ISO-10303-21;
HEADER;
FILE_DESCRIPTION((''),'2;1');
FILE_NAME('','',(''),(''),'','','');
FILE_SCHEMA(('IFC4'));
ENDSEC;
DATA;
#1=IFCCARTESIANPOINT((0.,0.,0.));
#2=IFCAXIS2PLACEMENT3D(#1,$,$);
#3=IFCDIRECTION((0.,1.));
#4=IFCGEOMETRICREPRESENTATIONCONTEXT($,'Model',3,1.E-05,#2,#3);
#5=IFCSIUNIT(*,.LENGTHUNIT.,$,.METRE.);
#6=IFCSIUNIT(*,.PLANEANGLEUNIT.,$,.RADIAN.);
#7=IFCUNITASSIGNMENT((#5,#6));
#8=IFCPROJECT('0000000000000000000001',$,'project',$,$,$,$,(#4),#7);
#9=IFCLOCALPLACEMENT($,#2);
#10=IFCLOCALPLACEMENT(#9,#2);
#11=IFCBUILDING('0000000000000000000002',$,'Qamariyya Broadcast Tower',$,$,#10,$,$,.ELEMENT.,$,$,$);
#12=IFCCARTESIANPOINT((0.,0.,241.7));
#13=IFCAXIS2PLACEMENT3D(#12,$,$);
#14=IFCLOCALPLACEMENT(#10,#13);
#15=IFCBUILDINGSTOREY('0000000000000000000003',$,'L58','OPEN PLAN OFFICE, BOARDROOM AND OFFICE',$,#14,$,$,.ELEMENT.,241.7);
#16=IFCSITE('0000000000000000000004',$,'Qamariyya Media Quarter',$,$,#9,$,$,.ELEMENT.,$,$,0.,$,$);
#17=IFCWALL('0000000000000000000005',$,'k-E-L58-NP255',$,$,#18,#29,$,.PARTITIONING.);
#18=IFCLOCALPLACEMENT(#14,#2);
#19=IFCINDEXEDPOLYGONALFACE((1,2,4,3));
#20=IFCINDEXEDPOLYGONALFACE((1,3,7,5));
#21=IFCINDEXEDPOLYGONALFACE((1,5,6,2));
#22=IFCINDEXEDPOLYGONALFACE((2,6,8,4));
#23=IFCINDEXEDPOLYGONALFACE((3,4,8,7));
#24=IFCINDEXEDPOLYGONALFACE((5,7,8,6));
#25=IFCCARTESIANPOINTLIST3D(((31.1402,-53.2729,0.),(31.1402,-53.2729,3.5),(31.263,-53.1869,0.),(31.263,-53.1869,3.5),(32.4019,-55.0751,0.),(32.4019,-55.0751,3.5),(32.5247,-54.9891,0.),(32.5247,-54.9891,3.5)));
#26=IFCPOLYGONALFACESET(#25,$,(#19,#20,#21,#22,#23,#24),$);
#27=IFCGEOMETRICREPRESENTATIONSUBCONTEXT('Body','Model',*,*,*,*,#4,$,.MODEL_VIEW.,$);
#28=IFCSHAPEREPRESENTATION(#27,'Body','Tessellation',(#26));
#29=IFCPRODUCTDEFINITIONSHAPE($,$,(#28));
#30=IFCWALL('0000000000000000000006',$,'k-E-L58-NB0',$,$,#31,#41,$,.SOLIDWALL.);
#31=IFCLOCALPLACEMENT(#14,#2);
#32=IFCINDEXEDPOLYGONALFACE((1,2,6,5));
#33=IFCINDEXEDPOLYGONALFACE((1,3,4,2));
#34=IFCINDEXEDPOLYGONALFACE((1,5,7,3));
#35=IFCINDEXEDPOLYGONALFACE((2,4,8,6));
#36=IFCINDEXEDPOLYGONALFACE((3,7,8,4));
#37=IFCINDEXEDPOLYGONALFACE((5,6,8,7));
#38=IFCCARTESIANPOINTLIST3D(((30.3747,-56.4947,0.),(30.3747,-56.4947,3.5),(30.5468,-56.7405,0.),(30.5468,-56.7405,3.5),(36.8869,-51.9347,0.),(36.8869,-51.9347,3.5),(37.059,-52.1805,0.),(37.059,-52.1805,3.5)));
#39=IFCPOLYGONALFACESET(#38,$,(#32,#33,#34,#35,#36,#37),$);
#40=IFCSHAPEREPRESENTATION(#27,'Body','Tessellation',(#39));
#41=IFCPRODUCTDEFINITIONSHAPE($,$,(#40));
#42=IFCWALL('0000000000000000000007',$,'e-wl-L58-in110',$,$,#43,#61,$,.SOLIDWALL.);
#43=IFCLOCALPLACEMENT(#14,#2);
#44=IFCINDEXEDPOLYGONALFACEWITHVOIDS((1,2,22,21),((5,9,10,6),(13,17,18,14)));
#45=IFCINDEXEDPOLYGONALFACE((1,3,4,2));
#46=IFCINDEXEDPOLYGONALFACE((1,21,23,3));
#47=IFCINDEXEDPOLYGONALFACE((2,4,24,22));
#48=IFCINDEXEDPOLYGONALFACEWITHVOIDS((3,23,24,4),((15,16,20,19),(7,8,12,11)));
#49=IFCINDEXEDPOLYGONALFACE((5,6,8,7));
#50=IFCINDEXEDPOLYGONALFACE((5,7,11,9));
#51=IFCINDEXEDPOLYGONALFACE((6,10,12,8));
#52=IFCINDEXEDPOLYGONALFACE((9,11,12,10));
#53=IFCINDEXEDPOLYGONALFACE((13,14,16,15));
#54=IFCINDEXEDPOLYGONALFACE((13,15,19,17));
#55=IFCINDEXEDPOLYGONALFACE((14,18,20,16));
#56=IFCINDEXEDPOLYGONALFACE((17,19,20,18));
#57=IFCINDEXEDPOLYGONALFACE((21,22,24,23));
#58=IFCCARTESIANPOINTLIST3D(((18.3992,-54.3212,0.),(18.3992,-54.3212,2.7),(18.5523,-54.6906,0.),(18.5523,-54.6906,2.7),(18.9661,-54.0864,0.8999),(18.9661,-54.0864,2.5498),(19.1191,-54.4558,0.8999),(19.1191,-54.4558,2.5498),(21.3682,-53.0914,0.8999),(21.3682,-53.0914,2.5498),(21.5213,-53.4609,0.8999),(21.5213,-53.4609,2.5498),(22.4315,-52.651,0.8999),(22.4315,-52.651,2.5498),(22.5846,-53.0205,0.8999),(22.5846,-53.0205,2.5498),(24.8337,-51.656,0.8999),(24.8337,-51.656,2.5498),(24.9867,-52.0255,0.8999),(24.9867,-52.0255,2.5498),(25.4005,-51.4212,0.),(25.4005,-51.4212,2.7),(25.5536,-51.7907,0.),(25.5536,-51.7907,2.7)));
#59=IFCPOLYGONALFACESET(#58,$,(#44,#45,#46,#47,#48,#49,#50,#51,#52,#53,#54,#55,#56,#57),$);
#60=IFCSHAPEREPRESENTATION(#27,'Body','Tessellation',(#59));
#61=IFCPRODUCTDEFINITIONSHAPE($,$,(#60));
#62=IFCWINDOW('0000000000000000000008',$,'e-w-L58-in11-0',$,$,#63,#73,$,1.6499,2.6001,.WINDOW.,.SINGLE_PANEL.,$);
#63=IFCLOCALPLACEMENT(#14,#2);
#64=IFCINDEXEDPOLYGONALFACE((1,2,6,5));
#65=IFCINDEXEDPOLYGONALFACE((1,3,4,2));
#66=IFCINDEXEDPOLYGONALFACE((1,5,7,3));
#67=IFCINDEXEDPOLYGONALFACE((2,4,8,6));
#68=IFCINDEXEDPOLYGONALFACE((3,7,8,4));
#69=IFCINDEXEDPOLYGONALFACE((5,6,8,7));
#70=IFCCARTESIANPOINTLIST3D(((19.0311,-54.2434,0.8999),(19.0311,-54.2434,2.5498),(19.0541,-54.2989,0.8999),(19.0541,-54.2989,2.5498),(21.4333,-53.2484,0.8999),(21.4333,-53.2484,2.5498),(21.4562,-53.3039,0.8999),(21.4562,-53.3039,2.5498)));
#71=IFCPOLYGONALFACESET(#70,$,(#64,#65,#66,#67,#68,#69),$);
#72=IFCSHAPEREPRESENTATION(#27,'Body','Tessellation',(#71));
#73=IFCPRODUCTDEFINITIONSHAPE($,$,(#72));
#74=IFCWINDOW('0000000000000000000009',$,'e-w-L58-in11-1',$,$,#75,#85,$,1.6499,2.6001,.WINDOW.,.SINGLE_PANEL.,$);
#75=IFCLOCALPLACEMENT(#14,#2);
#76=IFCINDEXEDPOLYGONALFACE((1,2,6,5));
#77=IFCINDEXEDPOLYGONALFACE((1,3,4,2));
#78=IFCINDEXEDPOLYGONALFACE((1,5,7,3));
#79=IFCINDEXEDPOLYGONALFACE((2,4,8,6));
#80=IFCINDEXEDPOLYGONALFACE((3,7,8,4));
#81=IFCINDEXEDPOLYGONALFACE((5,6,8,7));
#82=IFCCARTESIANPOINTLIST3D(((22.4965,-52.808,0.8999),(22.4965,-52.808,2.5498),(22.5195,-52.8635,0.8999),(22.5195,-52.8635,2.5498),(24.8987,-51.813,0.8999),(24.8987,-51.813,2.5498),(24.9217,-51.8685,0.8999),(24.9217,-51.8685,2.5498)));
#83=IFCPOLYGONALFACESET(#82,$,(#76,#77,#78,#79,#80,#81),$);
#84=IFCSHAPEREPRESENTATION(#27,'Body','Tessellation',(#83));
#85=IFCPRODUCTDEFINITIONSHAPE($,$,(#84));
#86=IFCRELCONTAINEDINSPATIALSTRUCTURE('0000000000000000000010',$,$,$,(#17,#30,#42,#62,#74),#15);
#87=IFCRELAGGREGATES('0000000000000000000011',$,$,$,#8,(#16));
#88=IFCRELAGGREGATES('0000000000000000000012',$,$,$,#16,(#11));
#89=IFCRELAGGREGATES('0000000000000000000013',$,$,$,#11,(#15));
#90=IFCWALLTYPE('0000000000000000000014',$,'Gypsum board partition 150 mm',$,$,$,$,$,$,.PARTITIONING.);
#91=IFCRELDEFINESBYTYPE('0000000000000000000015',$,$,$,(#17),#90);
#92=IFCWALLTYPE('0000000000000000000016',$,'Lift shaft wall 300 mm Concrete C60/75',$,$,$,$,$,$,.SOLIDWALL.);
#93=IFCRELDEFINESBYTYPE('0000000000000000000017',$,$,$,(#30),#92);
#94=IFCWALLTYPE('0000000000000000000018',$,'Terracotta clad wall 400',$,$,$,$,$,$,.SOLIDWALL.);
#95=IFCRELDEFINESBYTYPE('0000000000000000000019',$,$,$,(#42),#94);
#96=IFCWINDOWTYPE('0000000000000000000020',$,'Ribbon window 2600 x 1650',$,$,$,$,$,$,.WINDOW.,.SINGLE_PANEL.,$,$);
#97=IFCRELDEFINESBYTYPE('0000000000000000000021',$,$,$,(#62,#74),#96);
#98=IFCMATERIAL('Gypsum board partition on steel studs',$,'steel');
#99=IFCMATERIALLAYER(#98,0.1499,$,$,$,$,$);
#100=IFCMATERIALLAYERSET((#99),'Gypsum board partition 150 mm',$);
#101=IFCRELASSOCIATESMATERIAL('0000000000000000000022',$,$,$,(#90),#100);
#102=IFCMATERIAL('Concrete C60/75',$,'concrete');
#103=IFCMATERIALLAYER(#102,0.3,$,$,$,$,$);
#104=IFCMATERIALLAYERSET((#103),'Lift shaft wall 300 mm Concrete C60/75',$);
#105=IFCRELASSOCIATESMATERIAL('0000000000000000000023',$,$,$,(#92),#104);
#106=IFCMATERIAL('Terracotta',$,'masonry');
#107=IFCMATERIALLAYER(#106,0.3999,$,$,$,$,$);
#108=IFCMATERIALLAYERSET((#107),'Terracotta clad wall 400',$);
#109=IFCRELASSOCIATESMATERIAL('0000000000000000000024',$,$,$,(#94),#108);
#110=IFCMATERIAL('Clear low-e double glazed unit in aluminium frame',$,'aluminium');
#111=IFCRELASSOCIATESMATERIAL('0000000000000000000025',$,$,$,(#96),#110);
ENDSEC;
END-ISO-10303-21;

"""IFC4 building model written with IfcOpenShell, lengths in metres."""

from ifc_helpers import new_model, si_unit, direction, frame, frame_2d, origin, place, context, subcontext, project, spatial, rectangle, extrude, material, layer, layer_set, type_object, element, fill, save


model = new_model("IFC4")

# Units and contexts
model_context = context("Model", 3, precision=1e-05, world=origin(), true_north=direction((0.0, 1.0)))
body_context = subcontext(model_context, "Body", "Model", "MODEL_VIEW")
ifc_project = project(units=[si_unit("LENGTHUNIT", "METRE"), si_unit("PLANEANGLEUNIT", "RADIAN")], contexts=[model_context])

# Site, building, storey
site_placement = place(None, origin())
site = spatial("IfcSite", under=ifc_project, at=site_placement, Name="Qamariyya Media Quarter", CompositionType="ELEMENT", RefElevation=0.0)
building_placement = place(site_placement, origin())
building = spatial("IfcBuilding", under=site, at=building_placement, Name="Qamariyya Broadcast Tower", CompositionType="ELEMENT")
storey_placement = place(building_placement, frame((0.0, 0.0, 241.7)))
storey = spatial("IfcBuildingStorey", under=building, at=storey_placement, Name="L58", Description="OPEN PLAN OFFICE, BOARDROOM AND OFFICE", CompositionType="ELEMENT", Elevation=241.7)

# Shared definitions
ifc_material_1 = material(Name="Concrete C60/75", Category="concrete")

# Walls
ifc_material_2 = material(Name="Gypsum board partition on steel studs", Category="steel")
ifc_layer_1 = layer(ifc_material_2, 0.1499)
ifc_layer_set_1 = layer_set([ifc_layer_1], Name="Gypsum board partition 150 mm")
wall_type_1 = type_object("IfcWallType", Name="Gypsum board partition 150 mm", PredefinedType="PARTITIONING", material=ifc_layer_set_1)
wall_1_placement = place(storey_placement, frame((32.4634, -55.0322, 0.0), z_axis=(0.0, 0.0, 1.0), x_axis=(-0.573507, 0.819201, 0.0)))
element("IfcWall", 1, at=wall_1_placement, inside=storey, type_object=wall_type_1, Name="k-E-L58-NP255", PredefinedType="PARTITIONING", context=body_context, shape_type="SweptSolid", body=[
    extrude(rectangle(XDim=2.2, YDim=0.1499, at=frame_2d((1.1001, 0.0))), origin(), (0.0, 0.0, 1.0), 3.5),
])
ifc_layer_2 = layer(ifc_material_1, 0.3)
ifc_layer_set_2 = layer_set([ifc_layer_2], Name="Lift shaft wall 300 mm Concrete C60/75")
wall_type_2 = type_object("IfcWallType", Name="Lift shaft wall 300 mm Concrete C60/75", PredefinedType="SOLIDWALL", material=ifc_layer_set_2)
wall_2_placement = place(storey_placement, frame((30.4607, -56.6177, 0.0), z_axis=(0.0, 0.0, 1.0), x_axis=(0.819142, 0.57359, 0.0)))
element("IfcWall", 2, at=wall_2_placement, inside=storey, type_object=wall_type_2, Name="k-E-L58-NB0", PredefinedType="SOLIDWALL", context=body_context, shape_type="SweptSolid", body=[
    extrude(rectangle(XDim=7.95, YDim=0.3, at=frame_2d((3.9751, 0.0))), origin(), (0.0, 0.0, 1.0), 3.5),
])

# Wall, openings, windows
ifc_material_3 = material(Name="Terracotta", Category="masonry")
ifc_layer_3 = layer(ifc_material_3, 0.3999)
ifc_layer_set_3 = layer_set([ifc_layer_3], Name="Terracotta clad wall 400")
wall_type_3 = type_object("IfcWallType", Name="Terracotta clad wall 400", PredefinedType="SOLIDWALL", material=ifc_layer_set_3)
wall_3_placement = place(storey_placement, frame((25.4771, -51.606, 0.0), z_axis=(0.0, 0.0, 1.0), x_axis=(-0.923884, -0.382672, 0.0)))
wall_3 = element("IfcWall", 3, at=wall_3_placement, inside=storey, type_object=wall_type_3, Name="e-wl-L58-in110", PredefinedType="SOLIDWALL", context=body_context, shape_type="SweptSolid", body=[
    extrude(rectangle(XDim=7.5781, YDim=0.3999, at=frame_2d((3.7891, 0.0))), origin(), (0.0, 0.0, 1.0), 2.7),
])
opening_1_placement = place(wall_3_placement, frame((4.3645, 0.0, 0.8999)))
opening_1 = element("IfcOpeningElement", 4, at=opening_1_placement, cuts=wall_3, PredefinedType="OPENING", context=body_context, shape_type="SweptSolid", body=[
    extrude(rectangle(XDim=2.6001, YDim=1.6499, at=frame_2d((1.3, 0.825))), frame((0.0, 0.21, 0.0), z_axis=(0.0, -1.0, 0.0), x_axis=(1.0, 0.0, 0.0)), (0.0, 0.0, 1.0), 0.4199),
])
opening_2_placement = place(wall_3_placement, frame((0.6135, 0.0, 0.8999)))
opening_2 = element("IfcOpeningElement", 5, at=opening_2_placement, cuts=wall_3, PredefinedType="OPENING", context=body_context, shape_type="SweptSolid", body=[
    extrude(rectangle(XDim=2.6001, YDim=1.6499, at=frame_2d((1.3, 0.825))), frame((0.0, 0.21, 0.0), z_axis=(0.0, -1.0, 0.0), x_axis=(1.0, 0.0, 0.0)), (0.0, 0.0, 1.0), 0.4199),
])
ifc_material_4 = material(Name="Clear low-e double glazed unit in aluminium frame", Category="aluminium")
window_type = type_object("IfcWindowType", Name="Ribbon window 2600 x 1650", PartitioningType="SINGLE_PANEL", PredefinedType="WINDOW", material=ifc_material_4)
window_1_placement = place(opening_1_placement, origin())
window_1 = element("IfcWindow", 6, at=window_1_placement, inside=storey, type_object=window_type, Name="e-w-L58-in11-0", OverallHeight=1.6499, OverallWidth=2.6001, PartitioningType="SINGLE_PANEL", PredefinedType="WINDOW", context=body_context, shape_type="SweptSolid", body=[
    extrude(rectangle(XDim=2.6001, YDim=1.6499, at=frame_2d((1.3, 0.825))), frame((0.0, 0.03, 0.0), z_axis=(0.0, -1.0, 0.0), x_axis=(1.0, 0.0, 0.0)), (0.0, 0.0, 1.0), 0.0601),
])
fill(opening_1, window_1)
window_2_placement = place(opening_2_placement, origin())
window_2 = element("IfcWindow", 7, at=window_2_placement, inside=storey, type_object=window_type, Name="e-w-L58-in11-1", OverallHeight=1.6499, OverallWidth=2.6001, PartitioningType="SINGLE_PANEL", PredefinedType="WINDOW", context=body_context, shape_type="SweptSolid", body=[
    extrude(rectangle(XDim=2.6001, YDim=1.6499, at=frame_2d((1.3, 0.825))), frame((0.0, 0.03, 0.0), z_axis=(0.0, -1.0, 0.0), x_axis=(1.0, 0.0, 0.0)), (0.0, 0.0, 1.0), 0.0601),
])
fill(opening_2, window_2)

save(model, "model.ifc")
